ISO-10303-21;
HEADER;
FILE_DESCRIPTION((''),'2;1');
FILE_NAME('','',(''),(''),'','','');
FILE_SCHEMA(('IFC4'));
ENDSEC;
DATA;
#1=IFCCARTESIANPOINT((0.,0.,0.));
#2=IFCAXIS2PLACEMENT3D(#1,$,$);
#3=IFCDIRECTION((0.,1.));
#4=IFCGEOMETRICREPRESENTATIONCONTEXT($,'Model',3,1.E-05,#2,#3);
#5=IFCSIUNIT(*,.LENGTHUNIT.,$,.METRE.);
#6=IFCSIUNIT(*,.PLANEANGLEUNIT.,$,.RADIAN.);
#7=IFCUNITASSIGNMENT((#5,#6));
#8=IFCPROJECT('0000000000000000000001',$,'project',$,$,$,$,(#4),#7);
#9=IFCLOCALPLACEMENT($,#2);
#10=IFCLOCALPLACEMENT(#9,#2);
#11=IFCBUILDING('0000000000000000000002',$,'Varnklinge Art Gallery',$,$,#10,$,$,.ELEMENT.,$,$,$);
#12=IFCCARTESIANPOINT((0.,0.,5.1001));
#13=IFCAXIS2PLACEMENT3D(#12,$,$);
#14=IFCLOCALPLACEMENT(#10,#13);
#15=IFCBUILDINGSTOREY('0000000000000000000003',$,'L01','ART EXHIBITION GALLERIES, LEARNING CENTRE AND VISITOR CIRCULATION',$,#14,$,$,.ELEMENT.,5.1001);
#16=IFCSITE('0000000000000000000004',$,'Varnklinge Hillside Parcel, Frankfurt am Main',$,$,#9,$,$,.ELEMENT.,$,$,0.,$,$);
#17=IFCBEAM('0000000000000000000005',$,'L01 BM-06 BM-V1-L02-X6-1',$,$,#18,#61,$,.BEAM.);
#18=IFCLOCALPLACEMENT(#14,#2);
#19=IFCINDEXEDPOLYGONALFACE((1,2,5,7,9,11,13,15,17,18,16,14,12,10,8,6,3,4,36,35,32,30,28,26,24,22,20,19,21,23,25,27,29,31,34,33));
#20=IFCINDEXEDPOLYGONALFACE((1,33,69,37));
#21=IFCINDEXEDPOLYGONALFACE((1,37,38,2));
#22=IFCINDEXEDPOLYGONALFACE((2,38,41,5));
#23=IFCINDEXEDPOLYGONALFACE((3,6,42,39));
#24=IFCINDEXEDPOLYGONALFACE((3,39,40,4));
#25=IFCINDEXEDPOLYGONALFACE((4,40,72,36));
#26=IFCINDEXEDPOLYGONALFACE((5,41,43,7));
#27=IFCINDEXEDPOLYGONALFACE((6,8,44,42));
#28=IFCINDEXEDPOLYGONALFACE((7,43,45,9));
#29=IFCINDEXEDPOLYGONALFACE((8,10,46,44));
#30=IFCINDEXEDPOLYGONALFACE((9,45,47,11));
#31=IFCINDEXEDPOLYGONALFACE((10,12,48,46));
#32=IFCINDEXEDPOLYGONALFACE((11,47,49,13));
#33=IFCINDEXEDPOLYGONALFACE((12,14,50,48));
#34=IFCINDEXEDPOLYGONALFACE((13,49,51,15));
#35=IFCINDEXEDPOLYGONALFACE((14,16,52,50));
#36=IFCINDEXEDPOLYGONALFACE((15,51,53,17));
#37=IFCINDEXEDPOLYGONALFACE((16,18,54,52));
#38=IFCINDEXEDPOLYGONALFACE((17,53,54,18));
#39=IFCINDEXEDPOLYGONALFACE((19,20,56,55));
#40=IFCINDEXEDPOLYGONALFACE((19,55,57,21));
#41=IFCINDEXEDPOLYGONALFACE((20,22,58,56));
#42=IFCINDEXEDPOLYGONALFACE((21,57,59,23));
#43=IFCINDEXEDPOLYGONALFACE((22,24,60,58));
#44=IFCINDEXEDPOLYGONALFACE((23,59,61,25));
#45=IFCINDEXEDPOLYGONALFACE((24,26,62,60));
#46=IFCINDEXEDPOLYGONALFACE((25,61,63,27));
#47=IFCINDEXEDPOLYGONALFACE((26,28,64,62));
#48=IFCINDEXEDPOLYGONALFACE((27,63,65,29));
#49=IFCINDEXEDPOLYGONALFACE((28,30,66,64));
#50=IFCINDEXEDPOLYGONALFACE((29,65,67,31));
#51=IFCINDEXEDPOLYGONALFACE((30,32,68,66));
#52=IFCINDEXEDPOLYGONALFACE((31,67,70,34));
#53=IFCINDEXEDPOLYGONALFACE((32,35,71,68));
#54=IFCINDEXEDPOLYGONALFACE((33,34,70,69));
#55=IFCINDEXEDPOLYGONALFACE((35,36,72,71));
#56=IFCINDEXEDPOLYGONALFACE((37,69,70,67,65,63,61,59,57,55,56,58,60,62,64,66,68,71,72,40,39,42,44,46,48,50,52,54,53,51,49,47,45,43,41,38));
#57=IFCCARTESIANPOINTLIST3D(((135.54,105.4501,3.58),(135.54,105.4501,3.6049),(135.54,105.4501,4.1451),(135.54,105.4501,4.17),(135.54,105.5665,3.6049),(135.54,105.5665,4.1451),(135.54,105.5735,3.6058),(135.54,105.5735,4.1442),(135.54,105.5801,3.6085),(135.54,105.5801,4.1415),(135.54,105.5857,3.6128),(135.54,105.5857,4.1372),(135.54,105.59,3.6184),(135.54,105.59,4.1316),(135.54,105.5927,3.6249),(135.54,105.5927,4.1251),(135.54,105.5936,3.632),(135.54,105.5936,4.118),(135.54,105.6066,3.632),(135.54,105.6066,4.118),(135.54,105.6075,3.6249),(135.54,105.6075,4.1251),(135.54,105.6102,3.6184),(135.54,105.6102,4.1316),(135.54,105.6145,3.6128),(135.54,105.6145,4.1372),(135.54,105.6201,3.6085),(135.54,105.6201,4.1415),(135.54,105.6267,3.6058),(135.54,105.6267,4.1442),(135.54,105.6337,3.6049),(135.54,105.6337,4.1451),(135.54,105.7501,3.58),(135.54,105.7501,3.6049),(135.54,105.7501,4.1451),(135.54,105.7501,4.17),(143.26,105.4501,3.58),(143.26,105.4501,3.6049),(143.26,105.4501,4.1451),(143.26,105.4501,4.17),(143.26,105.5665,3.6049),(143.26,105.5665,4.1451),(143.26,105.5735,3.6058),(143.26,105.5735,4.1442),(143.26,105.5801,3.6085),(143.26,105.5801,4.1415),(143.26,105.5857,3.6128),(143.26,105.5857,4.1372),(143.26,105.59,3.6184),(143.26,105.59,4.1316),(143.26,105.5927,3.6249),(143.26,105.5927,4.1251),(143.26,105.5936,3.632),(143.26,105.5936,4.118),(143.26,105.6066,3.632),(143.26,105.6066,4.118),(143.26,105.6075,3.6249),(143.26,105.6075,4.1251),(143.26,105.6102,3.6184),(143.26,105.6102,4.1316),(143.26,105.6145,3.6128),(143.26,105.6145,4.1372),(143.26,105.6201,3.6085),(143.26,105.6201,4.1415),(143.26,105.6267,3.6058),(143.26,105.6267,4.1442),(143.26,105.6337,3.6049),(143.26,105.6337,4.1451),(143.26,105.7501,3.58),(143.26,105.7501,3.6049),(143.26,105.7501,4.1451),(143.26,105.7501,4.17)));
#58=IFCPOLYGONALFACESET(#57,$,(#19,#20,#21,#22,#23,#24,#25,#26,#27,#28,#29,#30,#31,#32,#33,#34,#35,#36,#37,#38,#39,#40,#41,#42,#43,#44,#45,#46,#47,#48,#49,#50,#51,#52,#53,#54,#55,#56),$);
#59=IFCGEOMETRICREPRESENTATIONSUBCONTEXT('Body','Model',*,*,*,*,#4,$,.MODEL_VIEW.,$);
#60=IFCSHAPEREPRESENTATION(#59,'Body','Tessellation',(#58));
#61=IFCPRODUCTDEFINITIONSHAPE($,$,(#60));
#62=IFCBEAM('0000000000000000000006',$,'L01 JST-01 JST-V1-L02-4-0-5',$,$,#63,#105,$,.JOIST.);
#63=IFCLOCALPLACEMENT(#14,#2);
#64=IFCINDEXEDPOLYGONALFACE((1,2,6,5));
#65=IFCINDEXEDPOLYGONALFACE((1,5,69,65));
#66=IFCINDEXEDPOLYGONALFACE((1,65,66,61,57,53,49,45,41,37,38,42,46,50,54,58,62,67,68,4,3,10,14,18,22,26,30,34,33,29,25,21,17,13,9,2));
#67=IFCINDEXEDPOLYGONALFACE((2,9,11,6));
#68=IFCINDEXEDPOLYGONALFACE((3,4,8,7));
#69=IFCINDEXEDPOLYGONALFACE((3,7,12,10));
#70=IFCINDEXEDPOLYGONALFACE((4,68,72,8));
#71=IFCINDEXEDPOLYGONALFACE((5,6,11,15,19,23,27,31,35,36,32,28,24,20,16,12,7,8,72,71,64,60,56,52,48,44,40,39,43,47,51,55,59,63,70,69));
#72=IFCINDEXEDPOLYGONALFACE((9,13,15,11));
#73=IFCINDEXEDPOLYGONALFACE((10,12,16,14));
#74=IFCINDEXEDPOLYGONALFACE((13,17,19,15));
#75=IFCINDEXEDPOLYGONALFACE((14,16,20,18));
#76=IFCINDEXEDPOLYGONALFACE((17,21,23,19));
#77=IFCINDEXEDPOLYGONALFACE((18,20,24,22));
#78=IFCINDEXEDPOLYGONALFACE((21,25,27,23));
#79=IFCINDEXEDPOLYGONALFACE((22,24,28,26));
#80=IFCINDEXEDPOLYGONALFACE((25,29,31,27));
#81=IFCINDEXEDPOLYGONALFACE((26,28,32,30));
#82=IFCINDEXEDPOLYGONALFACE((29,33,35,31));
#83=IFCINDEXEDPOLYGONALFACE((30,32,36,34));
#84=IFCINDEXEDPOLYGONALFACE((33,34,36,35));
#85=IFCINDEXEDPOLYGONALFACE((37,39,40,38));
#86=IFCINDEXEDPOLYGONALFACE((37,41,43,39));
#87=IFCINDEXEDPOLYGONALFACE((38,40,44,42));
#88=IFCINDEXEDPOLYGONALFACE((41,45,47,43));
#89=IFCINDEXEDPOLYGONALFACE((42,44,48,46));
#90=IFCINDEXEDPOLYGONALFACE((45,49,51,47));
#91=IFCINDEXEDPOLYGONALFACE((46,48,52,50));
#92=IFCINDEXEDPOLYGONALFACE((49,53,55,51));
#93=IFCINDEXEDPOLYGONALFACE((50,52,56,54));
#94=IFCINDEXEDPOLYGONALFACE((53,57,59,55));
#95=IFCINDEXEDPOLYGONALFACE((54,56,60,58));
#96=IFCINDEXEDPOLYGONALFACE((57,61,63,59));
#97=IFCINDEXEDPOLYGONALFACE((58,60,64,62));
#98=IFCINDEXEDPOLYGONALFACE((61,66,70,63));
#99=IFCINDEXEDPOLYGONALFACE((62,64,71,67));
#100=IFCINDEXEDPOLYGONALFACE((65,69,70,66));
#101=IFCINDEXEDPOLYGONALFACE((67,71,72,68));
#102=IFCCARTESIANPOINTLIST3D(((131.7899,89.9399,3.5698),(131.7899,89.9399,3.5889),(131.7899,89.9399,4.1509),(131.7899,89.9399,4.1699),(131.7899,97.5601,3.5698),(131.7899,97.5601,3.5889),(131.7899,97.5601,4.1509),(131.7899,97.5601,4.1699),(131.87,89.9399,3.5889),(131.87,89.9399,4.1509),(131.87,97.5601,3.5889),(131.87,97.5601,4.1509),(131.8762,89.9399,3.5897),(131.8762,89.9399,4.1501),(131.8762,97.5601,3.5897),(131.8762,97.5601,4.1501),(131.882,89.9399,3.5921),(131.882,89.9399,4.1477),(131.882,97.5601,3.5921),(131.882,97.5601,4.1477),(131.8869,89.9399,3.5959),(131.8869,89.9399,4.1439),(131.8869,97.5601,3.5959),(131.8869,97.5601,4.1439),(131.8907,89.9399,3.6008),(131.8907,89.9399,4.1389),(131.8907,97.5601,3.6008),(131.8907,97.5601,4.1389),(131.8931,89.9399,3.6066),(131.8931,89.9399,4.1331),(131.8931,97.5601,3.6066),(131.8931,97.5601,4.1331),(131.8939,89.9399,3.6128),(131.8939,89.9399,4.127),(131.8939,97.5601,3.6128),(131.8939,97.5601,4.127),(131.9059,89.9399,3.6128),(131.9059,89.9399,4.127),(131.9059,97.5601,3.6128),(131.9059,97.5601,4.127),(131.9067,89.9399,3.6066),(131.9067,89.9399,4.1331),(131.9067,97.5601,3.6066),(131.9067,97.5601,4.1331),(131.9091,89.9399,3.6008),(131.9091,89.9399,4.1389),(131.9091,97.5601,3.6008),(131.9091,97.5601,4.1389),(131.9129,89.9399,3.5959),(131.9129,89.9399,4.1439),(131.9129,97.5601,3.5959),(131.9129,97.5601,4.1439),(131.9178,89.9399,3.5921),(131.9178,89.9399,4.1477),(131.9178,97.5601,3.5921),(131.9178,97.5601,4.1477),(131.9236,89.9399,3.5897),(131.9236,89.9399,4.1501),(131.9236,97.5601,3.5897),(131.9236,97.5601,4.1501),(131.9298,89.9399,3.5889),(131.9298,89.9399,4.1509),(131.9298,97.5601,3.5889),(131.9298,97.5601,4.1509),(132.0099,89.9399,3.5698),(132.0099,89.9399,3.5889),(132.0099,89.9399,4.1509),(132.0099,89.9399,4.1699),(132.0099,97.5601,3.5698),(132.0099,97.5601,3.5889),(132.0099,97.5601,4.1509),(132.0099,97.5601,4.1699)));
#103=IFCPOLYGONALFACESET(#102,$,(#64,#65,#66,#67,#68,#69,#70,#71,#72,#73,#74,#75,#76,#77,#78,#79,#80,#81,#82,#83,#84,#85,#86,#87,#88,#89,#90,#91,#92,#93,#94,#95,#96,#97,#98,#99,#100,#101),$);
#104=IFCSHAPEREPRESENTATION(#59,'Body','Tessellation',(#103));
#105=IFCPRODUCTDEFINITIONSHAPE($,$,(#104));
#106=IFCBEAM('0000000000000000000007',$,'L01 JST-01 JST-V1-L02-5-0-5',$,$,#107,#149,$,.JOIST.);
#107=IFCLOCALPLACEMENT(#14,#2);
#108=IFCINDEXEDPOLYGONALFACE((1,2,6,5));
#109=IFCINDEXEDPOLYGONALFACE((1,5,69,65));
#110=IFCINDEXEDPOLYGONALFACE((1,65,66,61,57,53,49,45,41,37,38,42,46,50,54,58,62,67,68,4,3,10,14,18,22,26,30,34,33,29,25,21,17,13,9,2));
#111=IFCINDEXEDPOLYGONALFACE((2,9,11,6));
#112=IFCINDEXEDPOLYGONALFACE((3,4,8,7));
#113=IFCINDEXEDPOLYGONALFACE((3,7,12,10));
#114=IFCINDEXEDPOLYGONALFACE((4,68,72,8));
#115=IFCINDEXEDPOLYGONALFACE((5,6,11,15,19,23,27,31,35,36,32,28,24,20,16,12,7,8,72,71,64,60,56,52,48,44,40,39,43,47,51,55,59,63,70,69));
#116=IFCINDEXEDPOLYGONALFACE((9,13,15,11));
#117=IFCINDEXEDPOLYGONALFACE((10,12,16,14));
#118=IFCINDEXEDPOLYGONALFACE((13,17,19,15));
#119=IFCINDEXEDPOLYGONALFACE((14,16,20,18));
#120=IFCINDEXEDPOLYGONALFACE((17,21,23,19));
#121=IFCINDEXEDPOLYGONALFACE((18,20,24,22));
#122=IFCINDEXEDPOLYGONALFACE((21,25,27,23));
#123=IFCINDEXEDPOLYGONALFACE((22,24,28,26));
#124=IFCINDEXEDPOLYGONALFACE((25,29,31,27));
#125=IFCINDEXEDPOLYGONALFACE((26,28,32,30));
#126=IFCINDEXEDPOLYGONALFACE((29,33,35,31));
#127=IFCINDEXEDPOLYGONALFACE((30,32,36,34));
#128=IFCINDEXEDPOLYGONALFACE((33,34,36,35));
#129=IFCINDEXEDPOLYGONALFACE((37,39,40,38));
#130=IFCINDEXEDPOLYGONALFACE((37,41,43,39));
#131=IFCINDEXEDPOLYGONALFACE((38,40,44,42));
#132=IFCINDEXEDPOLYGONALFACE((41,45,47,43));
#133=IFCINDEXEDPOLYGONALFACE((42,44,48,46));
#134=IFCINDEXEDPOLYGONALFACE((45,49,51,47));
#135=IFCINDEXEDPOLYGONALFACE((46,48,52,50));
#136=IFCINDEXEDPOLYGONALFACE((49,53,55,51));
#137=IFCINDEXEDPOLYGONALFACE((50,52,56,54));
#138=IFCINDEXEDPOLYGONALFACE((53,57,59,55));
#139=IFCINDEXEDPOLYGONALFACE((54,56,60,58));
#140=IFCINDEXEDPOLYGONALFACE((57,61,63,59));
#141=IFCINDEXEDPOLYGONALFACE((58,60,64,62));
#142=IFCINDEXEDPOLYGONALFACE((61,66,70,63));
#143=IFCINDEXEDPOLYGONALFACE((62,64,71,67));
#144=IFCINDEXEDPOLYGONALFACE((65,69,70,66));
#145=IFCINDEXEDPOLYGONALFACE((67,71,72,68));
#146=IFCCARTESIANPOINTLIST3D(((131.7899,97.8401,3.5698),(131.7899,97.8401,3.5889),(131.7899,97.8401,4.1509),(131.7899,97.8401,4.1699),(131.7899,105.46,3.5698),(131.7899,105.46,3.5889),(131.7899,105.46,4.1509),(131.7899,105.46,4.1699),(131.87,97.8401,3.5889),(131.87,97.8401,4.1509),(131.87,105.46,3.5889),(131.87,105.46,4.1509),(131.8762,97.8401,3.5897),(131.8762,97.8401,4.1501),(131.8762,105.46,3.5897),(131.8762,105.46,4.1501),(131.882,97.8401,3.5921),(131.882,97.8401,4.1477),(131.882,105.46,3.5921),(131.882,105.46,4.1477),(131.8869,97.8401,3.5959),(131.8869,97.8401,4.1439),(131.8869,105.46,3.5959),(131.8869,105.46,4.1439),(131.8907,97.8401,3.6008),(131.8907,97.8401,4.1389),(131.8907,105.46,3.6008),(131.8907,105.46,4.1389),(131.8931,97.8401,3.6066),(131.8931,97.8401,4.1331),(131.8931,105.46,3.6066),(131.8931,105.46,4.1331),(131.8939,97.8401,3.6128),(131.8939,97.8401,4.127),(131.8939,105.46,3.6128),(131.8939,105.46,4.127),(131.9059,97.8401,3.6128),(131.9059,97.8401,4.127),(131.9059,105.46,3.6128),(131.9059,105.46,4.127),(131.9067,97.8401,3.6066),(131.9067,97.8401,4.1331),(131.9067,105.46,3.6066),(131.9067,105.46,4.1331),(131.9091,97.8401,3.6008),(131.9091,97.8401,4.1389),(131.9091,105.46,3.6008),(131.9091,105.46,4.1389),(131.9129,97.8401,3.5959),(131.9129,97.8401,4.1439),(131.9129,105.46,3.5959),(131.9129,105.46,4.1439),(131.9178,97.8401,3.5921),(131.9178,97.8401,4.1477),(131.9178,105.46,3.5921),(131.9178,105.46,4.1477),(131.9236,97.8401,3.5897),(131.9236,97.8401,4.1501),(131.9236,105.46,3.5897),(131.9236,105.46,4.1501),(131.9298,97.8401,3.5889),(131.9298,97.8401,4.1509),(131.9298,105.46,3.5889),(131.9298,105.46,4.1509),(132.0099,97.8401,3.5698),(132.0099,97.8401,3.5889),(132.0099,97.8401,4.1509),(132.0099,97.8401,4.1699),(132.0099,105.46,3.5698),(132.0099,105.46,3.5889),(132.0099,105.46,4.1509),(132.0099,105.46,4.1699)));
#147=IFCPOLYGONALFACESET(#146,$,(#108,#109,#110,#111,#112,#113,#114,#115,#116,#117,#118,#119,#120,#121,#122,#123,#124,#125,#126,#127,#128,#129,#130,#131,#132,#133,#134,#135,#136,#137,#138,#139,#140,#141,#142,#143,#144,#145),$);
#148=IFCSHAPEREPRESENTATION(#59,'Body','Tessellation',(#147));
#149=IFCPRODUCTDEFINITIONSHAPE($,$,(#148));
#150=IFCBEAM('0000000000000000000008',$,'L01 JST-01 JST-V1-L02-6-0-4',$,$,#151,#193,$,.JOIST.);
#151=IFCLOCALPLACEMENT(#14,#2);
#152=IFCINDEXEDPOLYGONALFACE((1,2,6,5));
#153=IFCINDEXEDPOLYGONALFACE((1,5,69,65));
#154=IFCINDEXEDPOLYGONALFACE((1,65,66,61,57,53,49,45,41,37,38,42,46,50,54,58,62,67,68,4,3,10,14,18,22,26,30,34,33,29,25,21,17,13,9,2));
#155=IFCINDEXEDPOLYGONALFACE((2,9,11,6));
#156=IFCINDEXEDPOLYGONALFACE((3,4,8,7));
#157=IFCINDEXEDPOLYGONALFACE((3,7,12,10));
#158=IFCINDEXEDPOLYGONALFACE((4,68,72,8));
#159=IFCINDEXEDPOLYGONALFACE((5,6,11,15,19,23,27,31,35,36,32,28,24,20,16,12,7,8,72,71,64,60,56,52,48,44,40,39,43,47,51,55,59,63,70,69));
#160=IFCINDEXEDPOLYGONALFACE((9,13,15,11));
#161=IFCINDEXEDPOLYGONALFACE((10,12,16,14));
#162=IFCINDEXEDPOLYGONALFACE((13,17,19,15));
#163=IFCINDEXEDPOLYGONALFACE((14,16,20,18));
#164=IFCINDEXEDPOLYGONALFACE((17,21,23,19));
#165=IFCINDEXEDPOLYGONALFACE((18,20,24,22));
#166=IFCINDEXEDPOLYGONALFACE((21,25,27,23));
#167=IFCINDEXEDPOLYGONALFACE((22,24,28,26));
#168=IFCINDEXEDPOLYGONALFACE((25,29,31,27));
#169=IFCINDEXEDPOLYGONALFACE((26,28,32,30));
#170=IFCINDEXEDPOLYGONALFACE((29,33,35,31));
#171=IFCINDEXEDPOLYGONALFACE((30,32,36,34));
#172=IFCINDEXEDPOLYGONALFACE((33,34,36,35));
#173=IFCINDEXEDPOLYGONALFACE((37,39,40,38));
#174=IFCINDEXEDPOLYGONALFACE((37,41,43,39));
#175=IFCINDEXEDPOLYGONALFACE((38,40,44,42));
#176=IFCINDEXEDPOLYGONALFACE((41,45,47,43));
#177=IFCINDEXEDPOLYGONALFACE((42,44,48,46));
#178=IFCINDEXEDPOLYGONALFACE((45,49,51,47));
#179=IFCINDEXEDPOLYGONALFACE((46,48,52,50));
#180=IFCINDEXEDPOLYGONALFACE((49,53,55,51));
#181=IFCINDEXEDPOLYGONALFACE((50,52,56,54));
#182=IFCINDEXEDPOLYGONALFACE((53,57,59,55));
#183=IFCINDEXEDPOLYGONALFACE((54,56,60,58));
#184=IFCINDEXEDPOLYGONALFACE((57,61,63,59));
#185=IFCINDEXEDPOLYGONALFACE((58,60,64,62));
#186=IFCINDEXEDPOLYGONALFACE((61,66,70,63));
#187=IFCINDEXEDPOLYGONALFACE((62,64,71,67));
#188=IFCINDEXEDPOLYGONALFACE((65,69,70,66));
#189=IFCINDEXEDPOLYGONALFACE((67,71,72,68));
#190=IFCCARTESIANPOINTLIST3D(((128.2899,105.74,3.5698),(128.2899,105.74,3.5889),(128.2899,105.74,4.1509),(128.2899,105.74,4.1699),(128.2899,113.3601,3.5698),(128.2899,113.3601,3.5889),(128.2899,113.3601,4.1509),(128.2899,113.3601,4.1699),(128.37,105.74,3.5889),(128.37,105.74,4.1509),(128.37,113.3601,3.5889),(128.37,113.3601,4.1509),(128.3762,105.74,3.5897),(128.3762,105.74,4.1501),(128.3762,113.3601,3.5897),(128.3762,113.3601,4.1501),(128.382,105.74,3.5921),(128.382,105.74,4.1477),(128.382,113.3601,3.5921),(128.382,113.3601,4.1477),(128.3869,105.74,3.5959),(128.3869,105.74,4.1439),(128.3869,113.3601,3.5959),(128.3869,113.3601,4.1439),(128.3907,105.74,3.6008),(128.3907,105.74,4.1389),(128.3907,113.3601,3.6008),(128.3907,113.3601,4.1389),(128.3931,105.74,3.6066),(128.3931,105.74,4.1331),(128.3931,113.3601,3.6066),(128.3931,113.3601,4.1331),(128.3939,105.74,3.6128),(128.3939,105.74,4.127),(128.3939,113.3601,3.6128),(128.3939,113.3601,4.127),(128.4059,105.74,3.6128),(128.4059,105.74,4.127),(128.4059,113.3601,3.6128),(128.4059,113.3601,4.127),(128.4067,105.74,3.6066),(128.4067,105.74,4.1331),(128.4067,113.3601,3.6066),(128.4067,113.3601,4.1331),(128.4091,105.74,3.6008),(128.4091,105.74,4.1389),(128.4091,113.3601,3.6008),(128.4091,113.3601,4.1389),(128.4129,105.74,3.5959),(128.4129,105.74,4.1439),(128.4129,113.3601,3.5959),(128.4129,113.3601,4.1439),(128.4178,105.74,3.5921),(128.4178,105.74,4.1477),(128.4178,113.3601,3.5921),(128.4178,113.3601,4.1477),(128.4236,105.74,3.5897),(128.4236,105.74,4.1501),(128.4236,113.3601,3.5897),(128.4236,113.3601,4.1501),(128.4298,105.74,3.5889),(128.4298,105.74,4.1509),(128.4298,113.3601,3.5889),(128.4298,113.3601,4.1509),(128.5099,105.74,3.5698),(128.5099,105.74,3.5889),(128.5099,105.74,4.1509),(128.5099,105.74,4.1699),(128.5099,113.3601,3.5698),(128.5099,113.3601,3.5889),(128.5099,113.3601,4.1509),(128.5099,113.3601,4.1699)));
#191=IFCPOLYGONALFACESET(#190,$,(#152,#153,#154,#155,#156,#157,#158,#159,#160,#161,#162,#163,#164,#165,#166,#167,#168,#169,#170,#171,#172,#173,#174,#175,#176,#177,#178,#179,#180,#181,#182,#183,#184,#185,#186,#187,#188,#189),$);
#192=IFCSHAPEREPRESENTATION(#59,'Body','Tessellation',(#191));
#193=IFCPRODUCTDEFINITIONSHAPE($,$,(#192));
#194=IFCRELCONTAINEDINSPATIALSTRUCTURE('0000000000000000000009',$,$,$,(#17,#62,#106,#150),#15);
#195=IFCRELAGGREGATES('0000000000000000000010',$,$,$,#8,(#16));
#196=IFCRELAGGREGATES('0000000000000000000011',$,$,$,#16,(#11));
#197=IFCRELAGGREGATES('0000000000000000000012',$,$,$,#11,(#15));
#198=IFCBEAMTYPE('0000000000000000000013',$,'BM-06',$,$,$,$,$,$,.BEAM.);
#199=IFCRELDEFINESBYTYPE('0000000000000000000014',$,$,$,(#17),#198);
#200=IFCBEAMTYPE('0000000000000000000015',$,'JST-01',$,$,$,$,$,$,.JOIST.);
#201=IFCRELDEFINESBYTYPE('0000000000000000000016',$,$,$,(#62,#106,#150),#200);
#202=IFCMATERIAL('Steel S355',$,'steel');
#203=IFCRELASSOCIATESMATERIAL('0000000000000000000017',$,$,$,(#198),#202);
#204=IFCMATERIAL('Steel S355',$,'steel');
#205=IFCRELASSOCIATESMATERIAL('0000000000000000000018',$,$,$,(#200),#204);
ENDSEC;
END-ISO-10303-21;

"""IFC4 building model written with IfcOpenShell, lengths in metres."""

from ifc_helpers import new_model, si_unit, direction, frame, origin, origin_2d, place, context, subcontext, project, spatial, i_section, extrude, material, material_profile, profile_set, type_object, element, save


model = new_model("IFC4")

# Units and contexts
model_context = context("Model", 3, precision=1e-05, world=origin(), true_north=direction((0.0, 1.0)))
body_context = subcontext(model_context, "Body", "Model", "MODEL_VIEW")
ifc_project = project(units=[si_unit("LENGTHUNIT", "METRE"), si_unit("PLANEANGLEUNIT", "RADIAN")], contexts=[model_context])

# Site, building, storey
site_placement = place(None, origin())
site = spatial("IfcSite", under=ifc_project, at=site_placement, Name="Varnklinge Hillside Parcel, Frankfurt am Main", CompositionType="ELEMENT", RefElevation=0.0)
building_placement = place(site_placement, origin())
building = spatial("IfcBuilding", under=site, at=building_placement, Name="Varnklinge Art Gallery", CompositionType="ELEMENT")
storey_placement = place(building_placement, frame((0.0, 0.0, 5.1001)))
storey = spatial("IfcBuildingStorey", under=building, at=storey_placement, Name="L01", Description="ART EXHIBITION GALLERIES, LEARNING CENTRE AND VISITOR CIRCULATION", CompositionType="ELEMENT", Elevation=5.1001)

# Beams
ifc_material_1 = material(Name="Steel S355", Category="steel")
ifc_material_profile_1 = material_profile(ifc_material_1, i_section(OverallWidth=0.3, OverallDepth=0.5901, WebThickness=0.0129, FlangeThickness=0.0249, FilletRadius=0.0271, at=origin_2d()), Name="HEA 600")
ifc_profile_set_1 = profile_set([ifc_material_profile_1], Name="Steel S355")
beam_type_1 = type_object("IfcBeamType", Name="BM-06", PredefinedType="BEAM", material=ifc_profile_set_1)
for number, where, z_axis, x_axis, name in (
    (1, (135.54, 105.6001, 3.875), (1.0, 0.0, 0.0), (0.0, 1.0, 0.0), "L01 BM-06 BM-V1-L02-X6-1"),
):
    element("IfcBeam", number, at=place(storey_placement, frame(where, z_axis=z_axis, x_axis=x_axis)), inside=storey, type_object=beam_type_1, Name=name, PredefinedType="BEAM", context=body_context, shape_type="SweptSolid", body=[
        extrude(i_section(OverallWidth=0.3, OverallDepth=0.5901, WebThickness=0.0129, FlangeThickness=0.0249, FilletRadius=0.0271, at=origin_2d()), origin(), (0.0, 0.0, 1.0), 7.72),
    ])
ifc_material_2 = material(Name="Steel S355", Category="steel")
ifc_material_profile_2 = material_profile(ifc_material_2, i_section(OverallWidth=0.22, OverallDepth=0.6001, WebThickness=0.012, FlangeThickness=0.019, FilletRadius=0.0239, at=origin_2d()), Name="IPE 600")
ifc_profile_set_2 = profile_set([ifc_material_profile_2], Name="Steel S355")
beam_type_2 = type_object("IfcBeamType", Name="JST-01", PredefinedType="JOIST", material=ifc_profile_set_2)
beam_1_placement = place(storey_placement, frame((131.8999, 89.9399, 3.8699), z_axis=(0.0, 1.0, 0.0), x_axis=(-1.0, 0.0, 0.0)))
element("IfcBeam", 2, at=beam_1_placement, inside=storey, type_object=beam_type_2, Name="L01 JST-01 JST-V1-L02-4-0-5", PredefinedType="JOIST", context=body_context, shape_type="SweptSolid", body=[
    extrude(i_section(OverallWidth=0.22, OverallDepth=0.6001, WebThickness=0.012, FlangeThickness=0.019, FilletRadius=0.0239, at=origin_2d()), origin(), (0.0, 0.0, 1.0), 7.6201),
])
beam_2_placement = place(storey_placement, frame((131.8999, 97.8401, 3.8699), z_axis=(0.0, 1.0, 0.0), x_axis=(-1.0, 0.0, 0.0)))
element("IfcBeam", 3, at=beam_2_placement, inside=storey, type_object=beam_type_2, Name="L01 JST-01 JST-V1-L02-5-0-5", PredefinedType="JOIST", context=body_context, shape_type="SweptSolid", body=[
    extrude(i_section(OverallWidth=0.22, OverallDepth=0.6001, WebThickness=0.012, FlangeThickness=0.019, FilletRadius=0.0239, at=origin_2d()), origin(), (0.0, 0.0, 1.0), 7.6199),
])
for number, where, z_axis, x_axis, name in (
    (4, (128.3999, 105.74, 3.8699), (0.0, 1.0, 0.0), (-1.0, 0.0, 0.0), "L01 JST-01 JST-V1-L02-6-0-4"),
):
    element("IfcBeam", number, at=place(storey_placement, frame(where, z_axis=z_axis, x_axis=x_axis)), inside=storey, type_object=beam_type_2, Name=name, PredefinedType="JOIST", context=body_context, shape_type="SweptSolid", body=[
        extrude(i_section(OverallWidth=0.22, OverallDepth=0.6001, WebThickness=0.012, FlangeThickness=0.019, FilletRadius=0.0239, at=origin_2d()), origin(), (0.0, 0.0, 1.0), 7.6201),
    ])

save(model, "model.ifc")
